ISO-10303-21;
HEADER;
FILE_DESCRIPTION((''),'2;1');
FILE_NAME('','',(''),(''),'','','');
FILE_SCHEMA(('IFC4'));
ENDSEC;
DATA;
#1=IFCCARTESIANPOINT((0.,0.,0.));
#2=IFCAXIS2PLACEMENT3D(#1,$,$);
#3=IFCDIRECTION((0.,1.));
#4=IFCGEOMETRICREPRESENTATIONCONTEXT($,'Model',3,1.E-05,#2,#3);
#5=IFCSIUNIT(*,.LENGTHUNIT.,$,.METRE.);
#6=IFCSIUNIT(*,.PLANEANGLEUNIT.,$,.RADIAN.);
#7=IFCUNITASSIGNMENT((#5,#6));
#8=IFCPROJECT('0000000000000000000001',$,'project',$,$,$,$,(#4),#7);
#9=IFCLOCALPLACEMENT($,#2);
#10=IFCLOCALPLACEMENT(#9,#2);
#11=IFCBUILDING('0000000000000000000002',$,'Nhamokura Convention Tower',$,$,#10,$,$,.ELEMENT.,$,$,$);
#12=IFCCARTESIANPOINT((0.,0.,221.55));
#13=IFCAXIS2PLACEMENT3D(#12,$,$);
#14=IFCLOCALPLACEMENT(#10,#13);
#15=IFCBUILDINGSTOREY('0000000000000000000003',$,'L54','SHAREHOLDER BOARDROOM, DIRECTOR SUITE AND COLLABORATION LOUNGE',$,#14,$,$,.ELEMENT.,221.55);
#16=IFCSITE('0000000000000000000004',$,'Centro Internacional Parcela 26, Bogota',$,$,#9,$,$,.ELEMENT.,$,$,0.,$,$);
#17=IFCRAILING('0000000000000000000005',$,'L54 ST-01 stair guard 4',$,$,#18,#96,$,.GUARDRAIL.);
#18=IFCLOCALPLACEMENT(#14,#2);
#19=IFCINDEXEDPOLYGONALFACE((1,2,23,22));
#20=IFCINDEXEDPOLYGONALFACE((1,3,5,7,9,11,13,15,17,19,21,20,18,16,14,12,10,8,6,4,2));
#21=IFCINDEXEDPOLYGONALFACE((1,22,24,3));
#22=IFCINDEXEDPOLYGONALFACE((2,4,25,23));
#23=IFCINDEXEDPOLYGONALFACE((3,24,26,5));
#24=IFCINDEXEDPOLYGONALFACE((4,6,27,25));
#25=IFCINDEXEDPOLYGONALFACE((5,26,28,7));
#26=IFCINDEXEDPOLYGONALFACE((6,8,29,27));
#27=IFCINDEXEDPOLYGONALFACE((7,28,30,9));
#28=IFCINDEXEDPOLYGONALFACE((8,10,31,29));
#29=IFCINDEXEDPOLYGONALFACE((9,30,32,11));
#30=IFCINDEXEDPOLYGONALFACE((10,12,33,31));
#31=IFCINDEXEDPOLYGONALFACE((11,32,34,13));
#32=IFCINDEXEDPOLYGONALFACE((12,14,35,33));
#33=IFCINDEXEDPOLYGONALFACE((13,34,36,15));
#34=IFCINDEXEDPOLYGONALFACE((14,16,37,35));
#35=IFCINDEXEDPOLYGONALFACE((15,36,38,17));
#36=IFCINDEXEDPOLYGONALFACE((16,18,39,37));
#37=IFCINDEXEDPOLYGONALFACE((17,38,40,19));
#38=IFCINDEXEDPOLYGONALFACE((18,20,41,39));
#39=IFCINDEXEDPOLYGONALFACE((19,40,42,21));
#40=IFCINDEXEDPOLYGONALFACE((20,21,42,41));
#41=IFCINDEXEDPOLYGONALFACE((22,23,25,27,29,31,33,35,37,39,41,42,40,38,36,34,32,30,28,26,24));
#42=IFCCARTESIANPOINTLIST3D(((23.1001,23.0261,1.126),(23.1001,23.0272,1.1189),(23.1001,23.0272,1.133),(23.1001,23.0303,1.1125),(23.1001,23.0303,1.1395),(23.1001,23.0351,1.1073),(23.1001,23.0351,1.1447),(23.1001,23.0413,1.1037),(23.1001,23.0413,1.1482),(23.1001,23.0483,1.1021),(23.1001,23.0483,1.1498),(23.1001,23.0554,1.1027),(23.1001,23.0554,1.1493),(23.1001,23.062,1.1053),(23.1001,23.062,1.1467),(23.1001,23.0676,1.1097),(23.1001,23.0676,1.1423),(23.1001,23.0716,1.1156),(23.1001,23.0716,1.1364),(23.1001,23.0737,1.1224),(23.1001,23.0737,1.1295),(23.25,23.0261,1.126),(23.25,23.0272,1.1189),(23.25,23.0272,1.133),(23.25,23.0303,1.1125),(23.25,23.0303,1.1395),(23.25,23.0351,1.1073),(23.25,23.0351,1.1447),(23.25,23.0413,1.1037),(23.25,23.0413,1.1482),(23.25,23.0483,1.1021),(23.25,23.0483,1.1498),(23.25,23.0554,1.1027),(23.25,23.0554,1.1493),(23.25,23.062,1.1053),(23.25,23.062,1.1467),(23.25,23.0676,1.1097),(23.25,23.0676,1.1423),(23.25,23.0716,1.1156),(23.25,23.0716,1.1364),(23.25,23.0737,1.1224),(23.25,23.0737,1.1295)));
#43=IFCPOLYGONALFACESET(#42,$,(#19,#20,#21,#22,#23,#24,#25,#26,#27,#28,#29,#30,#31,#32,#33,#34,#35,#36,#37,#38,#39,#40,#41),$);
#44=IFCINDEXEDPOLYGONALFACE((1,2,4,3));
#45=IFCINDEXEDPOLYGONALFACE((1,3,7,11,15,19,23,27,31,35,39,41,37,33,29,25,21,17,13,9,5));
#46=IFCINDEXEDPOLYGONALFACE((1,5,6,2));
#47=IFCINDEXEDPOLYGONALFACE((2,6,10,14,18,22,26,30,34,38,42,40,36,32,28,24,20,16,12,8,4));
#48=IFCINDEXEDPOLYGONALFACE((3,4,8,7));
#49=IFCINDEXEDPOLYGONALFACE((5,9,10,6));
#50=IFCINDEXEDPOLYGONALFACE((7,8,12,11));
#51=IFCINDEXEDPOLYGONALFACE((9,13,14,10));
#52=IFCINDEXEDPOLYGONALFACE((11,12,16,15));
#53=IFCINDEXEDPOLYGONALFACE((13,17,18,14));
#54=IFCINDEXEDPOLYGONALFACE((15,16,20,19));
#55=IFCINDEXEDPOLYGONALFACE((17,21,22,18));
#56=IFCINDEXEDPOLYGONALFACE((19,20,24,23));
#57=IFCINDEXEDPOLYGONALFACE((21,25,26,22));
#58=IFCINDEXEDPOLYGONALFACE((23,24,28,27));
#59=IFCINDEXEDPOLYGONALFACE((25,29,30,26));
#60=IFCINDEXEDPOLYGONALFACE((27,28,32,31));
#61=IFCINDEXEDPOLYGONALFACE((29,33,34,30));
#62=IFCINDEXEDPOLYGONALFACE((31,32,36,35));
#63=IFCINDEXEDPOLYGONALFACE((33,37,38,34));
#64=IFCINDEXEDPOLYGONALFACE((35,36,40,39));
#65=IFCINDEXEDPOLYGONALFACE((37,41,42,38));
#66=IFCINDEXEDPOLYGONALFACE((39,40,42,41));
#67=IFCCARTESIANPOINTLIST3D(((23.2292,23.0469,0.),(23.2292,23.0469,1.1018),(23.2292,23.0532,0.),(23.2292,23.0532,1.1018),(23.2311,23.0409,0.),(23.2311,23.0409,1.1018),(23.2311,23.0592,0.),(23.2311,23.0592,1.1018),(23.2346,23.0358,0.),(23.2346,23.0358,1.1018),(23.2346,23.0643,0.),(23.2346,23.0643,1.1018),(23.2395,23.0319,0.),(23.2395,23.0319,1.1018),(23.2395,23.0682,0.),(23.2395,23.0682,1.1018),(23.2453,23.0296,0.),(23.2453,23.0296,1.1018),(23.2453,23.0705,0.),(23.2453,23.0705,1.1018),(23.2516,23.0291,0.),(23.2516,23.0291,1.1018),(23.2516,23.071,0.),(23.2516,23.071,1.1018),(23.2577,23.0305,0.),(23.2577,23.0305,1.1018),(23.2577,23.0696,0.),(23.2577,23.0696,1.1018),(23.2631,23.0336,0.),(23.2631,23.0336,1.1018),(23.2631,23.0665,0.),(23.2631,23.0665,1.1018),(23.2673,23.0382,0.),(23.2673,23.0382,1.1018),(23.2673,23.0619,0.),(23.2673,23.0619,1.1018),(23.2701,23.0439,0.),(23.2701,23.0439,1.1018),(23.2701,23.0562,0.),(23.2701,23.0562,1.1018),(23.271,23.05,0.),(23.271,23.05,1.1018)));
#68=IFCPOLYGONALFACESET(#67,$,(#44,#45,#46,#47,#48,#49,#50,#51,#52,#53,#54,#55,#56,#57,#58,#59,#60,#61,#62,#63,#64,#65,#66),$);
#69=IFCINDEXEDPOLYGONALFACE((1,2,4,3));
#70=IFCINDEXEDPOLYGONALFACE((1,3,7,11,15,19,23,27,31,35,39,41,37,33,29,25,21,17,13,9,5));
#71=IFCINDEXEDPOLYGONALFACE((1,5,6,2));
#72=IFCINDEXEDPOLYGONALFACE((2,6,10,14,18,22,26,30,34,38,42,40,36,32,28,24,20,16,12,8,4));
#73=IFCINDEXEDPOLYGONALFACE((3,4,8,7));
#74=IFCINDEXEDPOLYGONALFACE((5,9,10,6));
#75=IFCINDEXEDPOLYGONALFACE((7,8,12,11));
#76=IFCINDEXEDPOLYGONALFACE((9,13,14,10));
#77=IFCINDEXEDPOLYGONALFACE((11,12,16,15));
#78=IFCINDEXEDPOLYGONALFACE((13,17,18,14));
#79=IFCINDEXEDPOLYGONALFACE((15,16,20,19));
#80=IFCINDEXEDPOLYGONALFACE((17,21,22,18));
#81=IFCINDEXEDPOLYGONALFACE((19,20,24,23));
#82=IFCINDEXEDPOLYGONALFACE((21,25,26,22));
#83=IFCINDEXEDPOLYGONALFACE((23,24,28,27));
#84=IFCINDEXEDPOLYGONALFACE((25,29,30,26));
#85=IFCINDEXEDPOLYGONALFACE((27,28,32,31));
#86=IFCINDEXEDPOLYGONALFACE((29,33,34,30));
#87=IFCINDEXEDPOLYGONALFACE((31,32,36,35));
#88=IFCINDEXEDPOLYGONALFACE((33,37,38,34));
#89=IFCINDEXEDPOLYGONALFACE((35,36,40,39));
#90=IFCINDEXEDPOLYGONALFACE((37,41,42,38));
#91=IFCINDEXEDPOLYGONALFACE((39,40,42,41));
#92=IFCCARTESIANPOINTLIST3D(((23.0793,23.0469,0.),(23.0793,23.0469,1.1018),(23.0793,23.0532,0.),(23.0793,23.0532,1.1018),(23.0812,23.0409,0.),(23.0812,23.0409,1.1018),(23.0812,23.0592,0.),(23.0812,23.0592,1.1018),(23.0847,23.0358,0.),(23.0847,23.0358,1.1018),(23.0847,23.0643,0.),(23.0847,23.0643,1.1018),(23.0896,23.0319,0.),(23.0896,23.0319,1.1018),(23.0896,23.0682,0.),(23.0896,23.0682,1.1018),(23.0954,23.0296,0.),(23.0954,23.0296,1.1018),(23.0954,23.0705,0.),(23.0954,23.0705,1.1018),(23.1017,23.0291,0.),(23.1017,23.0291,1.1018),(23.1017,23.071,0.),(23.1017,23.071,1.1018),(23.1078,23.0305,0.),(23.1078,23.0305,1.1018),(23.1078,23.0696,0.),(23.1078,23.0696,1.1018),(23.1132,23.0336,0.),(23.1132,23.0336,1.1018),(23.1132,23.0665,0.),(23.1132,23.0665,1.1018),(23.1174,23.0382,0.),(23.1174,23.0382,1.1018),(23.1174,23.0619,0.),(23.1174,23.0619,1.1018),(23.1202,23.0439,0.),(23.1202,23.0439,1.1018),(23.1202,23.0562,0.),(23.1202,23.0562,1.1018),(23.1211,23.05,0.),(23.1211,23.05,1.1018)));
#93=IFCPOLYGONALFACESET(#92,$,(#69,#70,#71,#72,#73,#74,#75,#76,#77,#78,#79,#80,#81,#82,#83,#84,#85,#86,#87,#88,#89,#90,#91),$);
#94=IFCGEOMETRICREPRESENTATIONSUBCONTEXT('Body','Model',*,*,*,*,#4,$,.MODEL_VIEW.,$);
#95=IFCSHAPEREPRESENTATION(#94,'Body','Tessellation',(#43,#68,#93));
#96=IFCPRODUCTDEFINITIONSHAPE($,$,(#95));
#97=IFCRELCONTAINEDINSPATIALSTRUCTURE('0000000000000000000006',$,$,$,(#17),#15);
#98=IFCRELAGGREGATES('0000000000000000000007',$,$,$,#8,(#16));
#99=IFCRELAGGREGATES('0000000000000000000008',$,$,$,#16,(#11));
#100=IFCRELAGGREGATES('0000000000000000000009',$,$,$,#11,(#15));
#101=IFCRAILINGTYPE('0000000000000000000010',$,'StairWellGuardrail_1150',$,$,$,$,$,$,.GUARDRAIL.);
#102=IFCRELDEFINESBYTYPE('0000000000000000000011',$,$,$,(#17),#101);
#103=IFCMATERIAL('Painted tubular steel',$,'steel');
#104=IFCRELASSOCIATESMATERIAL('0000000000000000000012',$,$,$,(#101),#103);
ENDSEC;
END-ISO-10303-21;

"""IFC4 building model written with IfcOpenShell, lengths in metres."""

from ifc_helpers import new_model, si_unit, direction, frame, origin, origin_2d, place, context, subcontext, project, spatial, circle, extrude, material, type_object, element, save


model = new_model("IFC4")

# Units and contexts
model_context = context("Model", 3, precision=1e-05, world=origin(), true_north=direction((0.0, 1.0)))
body_context = subcontext(model_context, "Body", "Model", "MODEL_VIEW")
ifc_project = project(units=[si_unit("LENGTHUNIT", "METRE"), si_unit("PLANEANGLEUNIT", "RADIAN")], contexts=[model_context])

# Site, building, storey
site_placement = place(None, origin())
site = spatial("IfcSite", under=ifc_project, at=site_placement, Name="Centro Internacional Parcela 26, Bogota", CompositionType="ELEMENT", RefElevation=0.0)
building_placement = place(site_placement, origin())
building = spatial("IfcBuilding", under=site, at=building_placement, Name="Nhamokura Convention Tower", CompositionType="ELEMENT")
storey_placement = place(building_placement, frame((0.0, 0.0, 221.55)))
storey = spatial("IfcBuildingStorey", under=building, at=storey_placement, Name="L54", Description="SHAREHOLDER BOARDROOM, DIRECTOR SUITE AND COLLABORATION LOUNGE", CompositionType="ELEMENT", Elevation=221.55)

# Railing
ifc_material_1 = material(Name="Painted tubular steel", Category="steel")
railing_type_1 = type_object("IfcRailingType", Name="StairWellGuardrail_1150", PredefinedType="GUARDRAIL", material=ifc_material_1)
railing_1_placement = place(storey_placement, frame((23.25, 23.05, 0.0)))
element("IfcRailing", 1, at=railing_1_placement, inside=storey, type_object=railing_type_1, Name="L54 ST-01 stair guard 4", PredefinedType="GUARDRAIL", context=body_context, shape_type="SweptSolid", body=[
    extrude(circle(Radius=0.0239, at=origin_2d()), frame((0.0, 0.0, 1.126), z_axis=(-1.0, 0.0, 0.0), x_axis=(0.0, -1.0, 0.0)), (0.0, 0.0, 1.0), 0.1499),
    extrude(circle(Radius=0.021, at=origin_2d()), origin(), (0.0, 0.0, 1.0), 1.1018),
    extrude(circle(Radius=0.021, at=origin_2d()), frame((-0.1499, 0.0, 0.0)), (0.0, 0.0, 1.0), 1.1018),
])

save(model, "model.ifc")
